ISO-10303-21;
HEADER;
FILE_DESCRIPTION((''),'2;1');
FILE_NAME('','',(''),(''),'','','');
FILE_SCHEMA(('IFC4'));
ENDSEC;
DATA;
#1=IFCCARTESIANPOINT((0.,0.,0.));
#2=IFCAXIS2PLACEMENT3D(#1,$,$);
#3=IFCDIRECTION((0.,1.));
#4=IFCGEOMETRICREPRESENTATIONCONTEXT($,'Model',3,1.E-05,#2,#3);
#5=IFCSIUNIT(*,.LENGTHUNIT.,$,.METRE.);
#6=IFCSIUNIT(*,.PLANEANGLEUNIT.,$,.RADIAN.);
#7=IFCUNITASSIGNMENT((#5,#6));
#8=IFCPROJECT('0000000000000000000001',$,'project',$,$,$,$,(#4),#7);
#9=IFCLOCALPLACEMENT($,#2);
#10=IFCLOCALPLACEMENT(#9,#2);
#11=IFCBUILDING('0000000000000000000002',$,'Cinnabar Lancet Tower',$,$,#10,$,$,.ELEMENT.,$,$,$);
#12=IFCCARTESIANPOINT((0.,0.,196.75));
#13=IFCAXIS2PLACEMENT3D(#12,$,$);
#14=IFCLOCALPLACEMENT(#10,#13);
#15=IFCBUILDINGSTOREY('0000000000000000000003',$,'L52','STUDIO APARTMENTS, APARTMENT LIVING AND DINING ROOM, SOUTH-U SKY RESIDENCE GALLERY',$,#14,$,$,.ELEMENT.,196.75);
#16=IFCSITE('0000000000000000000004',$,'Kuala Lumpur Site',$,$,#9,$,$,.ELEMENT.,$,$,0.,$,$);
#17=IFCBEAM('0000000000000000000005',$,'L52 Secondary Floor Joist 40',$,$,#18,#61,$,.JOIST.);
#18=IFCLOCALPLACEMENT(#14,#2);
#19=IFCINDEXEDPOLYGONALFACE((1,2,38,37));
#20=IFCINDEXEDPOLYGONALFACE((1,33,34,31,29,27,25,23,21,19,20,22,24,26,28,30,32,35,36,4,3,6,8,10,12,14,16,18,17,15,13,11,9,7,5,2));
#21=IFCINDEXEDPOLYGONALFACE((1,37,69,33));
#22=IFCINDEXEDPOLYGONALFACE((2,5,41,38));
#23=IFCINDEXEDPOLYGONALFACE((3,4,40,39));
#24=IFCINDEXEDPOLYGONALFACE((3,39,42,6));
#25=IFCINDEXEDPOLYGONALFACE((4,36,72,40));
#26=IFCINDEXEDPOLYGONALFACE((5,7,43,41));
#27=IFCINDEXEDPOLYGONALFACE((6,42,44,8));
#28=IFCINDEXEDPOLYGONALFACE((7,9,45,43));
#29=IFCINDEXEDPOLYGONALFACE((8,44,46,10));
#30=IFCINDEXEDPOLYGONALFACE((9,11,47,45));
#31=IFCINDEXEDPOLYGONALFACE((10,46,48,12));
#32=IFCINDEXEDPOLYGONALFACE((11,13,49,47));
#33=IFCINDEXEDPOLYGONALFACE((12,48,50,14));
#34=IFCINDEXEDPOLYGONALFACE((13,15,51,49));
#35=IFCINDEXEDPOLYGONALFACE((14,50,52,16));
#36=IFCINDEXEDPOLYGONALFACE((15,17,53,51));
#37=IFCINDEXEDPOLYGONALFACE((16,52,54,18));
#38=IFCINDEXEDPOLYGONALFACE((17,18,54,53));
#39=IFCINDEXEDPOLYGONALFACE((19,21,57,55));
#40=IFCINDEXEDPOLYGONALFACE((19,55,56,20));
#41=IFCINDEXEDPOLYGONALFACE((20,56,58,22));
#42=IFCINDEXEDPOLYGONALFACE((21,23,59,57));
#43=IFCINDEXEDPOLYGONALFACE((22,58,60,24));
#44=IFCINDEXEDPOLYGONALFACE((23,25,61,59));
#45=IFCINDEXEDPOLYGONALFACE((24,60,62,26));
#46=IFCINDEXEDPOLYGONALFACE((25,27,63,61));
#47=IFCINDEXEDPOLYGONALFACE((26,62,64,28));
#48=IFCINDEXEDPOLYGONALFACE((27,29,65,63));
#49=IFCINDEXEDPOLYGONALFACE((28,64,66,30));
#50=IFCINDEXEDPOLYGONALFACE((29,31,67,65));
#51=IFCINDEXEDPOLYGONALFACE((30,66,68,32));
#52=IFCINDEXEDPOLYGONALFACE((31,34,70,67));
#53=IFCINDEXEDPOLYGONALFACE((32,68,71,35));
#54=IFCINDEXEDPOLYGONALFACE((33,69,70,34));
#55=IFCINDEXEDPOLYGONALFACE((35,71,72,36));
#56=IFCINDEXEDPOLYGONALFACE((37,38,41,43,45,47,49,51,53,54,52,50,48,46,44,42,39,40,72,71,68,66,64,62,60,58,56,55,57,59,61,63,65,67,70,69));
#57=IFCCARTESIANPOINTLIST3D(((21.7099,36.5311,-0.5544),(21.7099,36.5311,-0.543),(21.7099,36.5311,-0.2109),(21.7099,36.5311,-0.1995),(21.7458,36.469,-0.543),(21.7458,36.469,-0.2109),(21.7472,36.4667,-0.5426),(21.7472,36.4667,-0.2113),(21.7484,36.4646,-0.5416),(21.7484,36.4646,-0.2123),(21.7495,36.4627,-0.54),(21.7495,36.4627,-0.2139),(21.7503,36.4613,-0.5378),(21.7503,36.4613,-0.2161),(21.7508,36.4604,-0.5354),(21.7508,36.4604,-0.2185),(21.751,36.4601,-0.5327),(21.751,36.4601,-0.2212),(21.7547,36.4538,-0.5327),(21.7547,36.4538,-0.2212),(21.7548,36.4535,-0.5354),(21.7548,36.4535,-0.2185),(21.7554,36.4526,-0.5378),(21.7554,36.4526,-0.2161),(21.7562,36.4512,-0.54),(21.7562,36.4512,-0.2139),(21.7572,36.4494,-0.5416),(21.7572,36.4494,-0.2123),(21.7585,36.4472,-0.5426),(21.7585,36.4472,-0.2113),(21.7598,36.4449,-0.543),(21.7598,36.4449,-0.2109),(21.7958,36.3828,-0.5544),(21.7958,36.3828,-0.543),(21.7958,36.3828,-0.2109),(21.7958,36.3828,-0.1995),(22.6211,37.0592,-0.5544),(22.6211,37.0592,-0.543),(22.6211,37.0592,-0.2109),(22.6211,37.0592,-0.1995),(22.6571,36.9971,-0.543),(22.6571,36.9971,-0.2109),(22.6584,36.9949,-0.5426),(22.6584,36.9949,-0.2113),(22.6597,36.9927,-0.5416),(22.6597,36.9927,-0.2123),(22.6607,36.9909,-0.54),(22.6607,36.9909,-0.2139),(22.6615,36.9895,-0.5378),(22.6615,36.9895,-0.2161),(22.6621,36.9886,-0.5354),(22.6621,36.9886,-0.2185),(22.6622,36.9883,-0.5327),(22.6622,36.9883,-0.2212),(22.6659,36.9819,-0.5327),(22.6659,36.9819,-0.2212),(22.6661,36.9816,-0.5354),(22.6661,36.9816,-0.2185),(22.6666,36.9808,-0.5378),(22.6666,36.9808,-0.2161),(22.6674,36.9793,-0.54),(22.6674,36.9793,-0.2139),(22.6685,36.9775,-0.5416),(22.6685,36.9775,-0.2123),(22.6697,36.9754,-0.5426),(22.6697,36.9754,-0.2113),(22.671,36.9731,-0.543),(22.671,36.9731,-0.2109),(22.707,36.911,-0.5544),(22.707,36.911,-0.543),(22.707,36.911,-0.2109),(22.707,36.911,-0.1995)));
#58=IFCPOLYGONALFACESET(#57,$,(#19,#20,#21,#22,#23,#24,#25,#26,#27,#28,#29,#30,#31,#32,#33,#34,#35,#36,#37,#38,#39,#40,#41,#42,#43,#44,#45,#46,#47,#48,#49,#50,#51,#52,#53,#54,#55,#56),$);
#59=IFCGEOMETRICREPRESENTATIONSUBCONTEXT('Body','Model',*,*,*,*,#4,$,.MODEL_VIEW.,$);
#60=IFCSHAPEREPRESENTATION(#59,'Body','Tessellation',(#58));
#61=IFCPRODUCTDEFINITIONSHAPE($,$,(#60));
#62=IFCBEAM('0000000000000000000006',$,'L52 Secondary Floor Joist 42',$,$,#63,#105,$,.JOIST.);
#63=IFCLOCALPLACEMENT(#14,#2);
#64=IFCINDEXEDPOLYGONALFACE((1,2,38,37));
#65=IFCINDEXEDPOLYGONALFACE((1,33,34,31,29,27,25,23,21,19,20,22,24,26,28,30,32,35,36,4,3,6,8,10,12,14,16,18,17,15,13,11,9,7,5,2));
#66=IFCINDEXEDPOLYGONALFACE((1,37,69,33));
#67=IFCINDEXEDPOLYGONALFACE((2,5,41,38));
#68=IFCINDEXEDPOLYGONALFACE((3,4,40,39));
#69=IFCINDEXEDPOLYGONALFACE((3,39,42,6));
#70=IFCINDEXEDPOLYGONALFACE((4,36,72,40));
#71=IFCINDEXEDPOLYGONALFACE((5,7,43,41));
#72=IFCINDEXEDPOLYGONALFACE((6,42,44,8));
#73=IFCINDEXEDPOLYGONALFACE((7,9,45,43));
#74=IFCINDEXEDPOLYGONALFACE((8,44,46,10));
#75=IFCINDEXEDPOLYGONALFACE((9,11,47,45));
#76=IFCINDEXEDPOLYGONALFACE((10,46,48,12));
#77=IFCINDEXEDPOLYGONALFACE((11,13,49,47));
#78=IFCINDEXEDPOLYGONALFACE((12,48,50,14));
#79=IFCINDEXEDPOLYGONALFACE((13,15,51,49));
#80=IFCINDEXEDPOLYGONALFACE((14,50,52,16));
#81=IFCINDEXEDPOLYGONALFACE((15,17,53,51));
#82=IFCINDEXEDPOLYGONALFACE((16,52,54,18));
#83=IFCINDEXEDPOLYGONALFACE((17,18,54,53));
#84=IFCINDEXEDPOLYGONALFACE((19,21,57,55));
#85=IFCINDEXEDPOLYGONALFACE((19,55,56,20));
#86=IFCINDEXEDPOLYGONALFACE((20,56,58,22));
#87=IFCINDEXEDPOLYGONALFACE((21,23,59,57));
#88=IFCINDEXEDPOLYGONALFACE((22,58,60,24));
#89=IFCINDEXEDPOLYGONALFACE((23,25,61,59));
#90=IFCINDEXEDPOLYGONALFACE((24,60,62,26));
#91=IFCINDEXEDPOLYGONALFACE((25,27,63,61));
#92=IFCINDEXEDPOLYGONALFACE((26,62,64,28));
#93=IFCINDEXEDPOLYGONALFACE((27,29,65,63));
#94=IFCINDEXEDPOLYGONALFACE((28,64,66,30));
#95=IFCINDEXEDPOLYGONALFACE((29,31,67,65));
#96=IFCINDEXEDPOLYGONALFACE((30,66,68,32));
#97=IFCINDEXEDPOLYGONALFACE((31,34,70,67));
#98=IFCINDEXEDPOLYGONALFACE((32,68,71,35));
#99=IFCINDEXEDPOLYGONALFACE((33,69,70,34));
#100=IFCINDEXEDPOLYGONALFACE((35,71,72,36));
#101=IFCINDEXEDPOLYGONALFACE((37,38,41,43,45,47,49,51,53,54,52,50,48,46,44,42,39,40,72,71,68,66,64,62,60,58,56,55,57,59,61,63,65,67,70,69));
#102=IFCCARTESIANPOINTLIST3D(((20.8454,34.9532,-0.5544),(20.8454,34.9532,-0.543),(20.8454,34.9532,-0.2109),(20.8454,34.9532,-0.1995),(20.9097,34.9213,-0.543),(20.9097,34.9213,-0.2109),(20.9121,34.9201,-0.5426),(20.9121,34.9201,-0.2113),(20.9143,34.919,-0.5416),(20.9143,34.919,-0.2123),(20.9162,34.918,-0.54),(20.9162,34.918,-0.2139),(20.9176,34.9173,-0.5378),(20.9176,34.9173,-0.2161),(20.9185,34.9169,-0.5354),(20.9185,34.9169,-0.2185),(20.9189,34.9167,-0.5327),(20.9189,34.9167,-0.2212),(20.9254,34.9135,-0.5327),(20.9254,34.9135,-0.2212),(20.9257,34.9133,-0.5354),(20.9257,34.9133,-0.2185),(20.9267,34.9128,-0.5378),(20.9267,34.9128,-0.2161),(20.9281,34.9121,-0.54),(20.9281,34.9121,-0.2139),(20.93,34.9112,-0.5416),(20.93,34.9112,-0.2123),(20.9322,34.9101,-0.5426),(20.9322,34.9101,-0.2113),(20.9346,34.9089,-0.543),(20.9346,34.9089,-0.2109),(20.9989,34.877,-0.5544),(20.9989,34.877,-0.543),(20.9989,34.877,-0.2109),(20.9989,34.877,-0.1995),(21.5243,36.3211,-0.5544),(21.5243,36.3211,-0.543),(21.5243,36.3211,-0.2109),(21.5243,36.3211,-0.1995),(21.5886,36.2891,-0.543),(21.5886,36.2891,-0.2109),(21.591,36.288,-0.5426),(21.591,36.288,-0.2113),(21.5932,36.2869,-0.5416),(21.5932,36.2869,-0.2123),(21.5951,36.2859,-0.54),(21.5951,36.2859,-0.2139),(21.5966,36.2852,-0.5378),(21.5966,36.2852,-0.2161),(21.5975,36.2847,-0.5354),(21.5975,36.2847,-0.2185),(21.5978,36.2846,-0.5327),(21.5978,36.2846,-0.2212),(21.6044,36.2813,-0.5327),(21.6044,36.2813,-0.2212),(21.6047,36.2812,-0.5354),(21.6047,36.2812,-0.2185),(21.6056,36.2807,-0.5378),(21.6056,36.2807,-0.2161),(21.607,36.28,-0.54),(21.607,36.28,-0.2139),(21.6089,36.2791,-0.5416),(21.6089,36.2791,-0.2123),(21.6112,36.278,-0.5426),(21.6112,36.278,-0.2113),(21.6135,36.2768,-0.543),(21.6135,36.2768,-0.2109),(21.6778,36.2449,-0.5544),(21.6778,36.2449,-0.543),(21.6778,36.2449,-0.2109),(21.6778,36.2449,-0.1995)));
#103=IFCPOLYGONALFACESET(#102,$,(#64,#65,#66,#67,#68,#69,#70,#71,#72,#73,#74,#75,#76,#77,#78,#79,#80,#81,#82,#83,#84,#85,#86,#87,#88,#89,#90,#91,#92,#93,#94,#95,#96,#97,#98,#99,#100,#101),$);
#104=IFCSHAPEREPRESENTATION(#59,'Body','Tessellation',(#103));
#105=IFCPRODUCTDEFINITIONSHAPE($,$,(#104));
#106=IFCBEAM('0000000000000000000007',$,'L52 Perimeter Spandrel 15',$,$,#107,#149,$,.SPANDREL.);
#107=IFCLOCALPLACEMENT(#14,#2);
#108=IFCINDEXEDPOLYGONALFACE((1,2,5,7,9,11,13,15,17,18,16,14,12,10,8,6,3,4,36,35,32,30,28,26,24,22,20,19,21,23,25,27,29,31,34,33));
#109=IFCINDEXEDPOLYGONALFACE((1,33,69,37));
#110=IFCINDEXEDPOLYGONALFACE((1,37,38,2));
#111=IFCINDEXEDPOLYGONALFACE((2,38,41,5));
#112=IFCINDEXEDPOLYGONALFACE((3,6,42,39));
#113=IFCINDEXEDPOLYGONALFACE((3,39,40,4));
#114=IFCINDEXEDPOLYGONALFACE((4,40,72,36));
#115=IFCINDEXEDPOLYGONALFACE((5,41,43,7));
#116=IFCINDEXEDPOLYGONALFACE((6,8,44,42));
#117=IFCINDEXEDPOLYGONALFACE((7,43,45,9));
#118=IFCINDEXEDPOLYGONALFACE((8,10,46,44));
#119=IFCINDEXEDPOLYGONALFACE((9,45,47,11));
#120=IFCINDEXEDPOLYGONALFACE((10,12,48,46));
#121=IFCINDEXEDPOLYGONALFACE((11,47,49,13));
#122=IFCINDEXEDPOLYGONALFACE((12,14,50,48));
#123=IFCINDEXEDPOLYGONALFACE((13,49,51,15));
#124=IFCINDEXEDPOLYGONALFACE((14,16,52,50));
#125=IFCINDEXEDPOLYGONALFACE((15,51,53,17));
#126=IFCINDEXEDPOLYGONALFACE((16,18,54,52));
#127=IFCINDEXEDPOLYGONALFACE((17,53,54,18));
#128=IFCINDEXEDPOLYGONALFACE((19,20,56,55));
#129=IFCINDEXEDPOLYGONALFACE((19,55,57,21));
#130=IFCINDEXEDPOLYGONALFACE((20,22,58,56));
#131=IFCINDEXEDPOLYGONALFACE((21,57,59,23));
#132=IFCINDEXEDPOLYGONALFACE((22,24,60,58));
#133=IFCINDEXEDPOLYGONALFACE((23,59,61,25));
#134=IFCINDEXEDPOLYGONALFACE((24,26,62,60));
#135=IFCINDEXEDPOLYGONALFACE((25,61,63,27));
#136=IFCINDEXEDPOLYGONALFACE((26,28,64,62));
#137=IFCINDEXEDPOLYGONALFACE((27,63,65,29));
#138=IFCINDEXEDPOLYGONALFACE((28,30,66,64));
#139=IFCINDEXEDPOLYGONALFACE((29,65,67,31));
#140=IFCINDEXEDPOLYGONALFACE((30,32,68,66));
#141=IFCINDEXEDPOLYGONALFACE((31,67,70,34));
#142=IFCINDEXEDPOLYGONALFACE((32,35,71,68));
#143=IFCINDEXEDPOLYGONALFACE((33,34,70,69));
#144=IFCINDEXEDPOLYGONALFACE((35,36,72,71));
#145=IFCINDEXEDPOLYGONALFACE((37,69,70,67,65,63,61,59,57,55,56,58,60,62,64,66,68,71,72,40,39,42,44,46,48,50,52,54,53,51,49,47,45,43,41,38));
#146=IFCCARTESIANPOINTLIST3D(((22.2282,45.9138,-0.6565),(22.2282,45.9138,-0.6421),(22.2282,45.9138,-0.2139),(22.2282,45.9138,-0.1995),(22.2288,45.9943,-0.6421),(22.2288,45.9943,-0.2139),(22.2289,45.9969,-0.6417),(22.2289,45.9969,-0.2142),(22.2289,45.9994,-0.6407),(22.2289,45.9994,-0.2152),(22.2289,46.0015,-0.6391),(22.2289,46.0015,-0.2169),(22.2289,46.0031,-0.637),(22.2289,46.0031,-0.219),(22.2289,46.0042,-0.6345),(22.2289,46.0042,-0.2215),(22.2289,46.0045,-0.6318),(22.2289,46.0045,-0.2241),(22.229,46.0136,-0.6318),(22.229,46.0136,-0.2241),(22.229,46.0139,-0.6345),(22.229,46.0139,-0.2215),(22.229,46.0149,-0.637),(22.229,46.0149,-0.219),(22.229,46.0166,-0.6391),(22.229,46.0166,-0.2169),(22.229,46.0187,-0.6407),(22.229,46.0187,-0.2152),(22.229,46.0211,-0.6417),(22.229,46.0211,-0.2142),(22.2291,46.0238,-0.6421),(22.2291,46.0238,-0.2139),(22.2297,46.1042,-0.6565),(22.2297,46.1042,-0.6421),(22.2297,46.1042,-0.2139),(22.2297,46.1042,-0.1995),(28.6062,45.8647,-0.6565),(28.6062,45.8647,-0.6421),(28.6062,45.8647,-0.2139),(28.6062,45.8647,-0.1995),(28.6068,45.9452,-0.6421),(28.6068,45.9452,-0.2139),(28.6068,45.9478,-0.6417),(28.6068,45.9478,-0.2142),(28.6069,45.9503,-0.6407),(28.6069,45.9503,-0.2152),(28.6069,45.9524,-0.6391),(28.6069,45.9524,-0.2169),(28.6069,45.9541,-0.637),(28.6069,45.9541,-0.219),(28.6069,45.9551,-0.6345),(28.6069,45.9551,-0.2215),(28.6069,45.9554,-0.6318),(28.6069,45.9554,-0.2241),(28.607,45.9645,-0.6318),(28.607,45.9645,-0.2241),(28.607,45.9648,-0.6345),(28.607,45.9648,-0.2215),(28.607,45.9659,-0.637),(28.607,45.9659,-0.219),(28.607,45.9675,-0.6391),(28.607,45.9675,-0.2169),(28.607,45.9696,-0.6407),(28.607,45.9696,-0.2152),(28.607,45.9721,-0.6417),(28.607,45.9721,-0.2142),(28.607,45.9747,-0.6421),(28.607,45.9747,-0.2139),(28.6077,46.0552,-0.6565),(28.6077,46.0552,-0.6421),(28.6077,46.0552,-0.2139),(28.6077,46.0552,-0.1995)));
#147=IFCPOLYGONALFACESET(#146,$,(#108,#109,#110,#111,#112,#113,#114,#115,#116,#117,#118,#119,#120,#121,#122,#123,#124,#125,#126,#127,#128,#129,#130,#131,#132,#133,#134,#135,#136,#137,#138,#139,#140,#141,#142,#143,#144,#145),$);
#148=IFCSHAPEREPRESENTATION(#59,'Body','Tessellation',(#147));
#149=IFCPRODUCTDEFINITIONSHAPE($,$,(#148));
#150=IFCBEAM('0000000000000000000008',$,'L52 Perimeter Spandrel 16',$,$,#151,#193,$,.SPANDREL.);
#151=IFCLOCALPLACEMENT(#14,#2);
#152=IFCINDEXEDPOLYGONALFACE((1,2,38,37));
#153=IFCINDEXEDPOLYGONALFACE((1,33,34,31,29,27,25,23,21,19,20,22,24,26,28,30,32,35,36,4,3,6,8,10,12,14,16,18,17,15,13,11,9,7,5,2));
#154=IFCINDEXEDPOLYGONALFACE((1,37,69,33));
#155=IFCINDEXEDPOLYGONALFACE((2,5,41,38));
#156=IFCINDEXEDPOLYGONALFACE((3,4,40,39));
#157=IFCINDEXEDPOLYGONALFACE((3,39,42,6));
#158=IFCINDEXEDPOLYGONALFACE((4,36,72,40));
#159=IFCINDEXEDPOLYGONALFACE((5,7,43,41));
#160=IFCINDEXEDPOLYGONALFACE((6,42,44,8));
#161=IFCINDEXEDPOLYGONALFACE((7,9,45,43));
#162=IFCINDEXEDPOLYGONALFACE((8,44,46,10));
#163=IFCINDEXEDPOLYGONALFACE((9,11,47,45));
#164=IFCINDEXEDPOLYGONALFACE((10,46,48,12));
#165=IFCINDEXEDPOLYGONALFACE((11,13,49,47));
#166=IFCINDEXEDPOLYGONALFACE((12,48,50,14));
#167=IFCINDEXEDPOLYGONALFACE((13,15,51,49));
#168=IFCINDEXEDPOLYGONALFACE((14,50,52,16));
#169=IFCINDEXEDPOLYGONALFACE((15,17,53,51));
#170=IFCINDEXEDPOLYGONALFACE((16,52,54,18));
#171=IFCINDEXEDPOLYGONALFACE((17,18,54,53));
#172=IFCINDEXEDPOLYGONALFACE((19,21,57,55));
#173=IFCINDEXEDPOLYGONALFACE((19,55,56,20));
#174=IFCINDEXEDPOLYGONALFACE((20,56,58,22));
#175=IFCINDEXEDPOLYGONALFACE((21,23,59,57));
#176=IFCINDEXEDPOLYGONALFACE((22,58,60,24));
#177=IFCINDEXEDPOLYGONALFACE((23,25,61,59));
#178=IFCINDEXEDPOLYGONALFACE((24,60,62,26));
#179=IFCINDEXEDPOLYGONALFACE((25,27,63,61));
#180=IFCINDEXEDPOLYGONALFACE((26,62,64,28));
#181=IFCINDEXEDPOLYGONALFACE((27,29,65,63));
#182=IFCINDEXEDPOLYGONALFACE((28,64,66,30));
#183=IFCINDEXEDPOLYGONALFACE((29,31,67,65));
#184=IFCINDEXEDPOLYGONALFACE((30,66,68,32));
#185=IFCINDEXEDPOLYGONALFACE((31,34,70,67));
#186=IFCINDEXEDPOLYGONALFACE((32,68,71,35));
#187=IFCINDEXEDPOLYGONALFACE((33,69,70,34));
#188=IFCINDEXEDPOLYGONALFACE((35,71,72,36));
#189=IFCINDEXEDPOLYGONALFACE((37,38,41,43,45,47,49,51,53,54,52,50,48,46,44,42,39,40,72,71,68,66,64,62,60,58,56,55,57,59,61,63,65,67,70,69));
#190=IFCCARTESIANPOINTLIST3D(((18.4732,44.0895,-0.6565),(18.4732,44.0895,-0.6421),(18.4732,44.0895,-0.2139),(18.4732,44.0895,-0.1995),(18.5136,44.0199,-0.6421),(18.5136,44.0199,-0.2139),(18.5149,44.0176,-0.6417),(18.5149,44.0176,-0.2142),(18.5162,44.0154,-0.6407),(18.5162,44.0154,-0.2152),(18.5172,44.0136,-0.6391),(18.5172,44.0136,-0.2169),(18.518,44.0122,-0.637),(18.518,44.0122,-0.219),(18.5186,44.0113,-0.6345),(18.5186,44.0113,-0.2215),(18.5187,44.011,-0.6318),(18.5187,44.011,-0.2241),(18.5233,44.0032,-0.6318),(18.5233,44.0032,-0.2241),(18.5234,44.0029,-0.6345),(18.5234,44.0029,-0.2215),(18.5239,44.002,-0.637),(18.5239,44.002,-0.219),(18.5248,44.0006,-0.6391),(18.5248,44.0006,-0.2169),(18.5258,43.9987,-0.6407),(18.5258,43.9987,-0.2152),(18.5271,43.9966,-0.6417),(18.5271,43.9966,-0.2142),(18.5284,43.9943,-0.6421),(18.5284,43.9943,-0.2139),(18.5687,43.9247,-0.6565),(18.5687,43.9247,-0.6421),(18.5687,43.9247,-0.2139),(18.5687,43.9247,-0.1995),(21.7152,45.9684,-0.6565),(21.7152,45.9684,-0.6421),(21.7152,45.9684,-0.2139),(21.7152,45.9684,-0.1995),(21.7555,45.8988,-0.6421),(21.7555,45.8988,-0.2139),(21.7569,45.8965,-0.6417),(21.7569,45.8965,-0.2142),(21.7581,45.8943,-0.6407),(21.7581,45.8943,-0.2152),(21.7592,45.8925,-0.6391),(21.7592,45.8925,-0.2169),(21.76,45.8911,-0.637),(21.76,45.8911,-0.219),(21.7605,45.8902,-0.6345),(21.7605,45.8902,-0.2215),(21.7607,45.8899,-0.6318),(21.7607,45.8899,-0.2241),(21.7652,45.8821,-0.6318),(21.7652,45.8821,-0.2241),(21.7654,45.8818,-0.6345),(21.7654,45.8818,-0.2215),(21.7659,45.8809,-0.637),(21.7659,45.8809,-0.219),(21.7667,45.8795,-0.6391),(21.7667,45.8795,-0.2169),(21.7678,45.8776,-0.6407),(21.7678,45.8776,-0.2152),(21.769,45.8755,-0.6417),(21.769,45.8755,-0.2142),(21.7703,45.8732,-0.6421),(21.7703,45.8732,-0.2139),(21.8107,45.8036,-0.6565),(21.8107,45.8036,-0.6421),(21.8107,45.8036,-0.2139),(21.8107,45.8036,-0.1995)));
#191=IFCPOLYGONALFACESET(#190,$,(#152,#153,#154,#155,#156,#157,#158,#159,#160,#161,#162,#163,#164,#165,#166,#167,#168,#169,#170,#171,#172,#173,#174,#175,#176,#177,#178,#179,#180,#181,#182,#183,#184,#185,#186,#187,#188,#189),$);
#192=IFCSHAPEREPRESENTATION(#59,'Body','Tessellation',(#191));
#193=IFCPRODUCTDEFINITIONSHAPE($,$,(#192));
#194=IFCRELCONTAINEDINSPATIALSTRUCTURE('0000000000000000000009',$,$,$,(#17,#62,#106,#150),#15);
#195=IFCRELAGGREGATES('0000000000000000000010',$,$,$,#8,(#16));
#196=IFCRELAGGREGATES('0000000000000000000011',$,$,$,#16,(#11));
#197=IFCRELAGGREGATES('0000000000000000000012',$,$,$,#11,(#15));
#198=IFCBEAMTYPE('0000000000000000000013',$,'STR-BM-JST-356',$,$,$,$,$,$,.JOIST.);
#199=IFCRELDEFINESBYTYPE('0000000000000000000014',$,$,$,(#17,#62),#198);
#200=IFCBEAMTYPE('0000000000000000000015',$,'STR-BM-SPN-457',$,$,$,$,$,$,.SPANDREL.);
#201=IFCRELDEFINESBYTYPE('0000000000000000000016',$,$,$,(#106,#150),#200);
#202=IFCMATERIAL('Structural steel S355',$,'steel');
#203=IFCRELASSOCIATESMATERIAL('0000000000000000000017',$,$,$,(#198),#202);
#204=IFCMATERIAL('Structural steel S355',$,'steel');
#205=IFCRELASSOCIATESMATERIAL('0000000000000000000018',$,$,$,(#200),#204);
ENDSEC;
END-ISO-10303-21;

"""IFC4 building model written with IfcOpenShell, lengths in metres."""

from ifc_helpers import new_model, si_unit, direction, frame, origin, origin_2d, place, context, subcontext, project, spatial, i_section, extrude, material, material_profile, profile_set, type_object, element, save


model = new_model("IFC4")

# Units and contexts
model_context = context("Model", 3, precision=1e-05, world=origin(), true_north=direction((0.0, 1.0)))
body_context = subcontext(model_context, "Body", "Model", "MODEL_VIEW")
ifc_project = project(units=[si_unit("LENGTHUNIT", "METRE"), si_unit("PLANEANGLEUNIT", "RADIAN")], contexts=[model_context])

# Site, building, storey
site_placement = place(None, origin())
site = spatial("IfcSite", under=ifc_project, at=site_placement, Name="Kuala Lumpur Site", CompositionType="ELEMENT", RefElevation=0.0)
building_placement = place(site_placement, origin())
building = spatial("IfcBuilding", under=site, at=building_placement, Name="Cinnabar Lancet Tower", CompositionType="ELEMENT")
storey_placement = place(building_placement, frame((0.0, 0.0, 196.75)))
storey = spatial("IfcBuildingStorey", under=building, at=storey_placement, Name="L52", Description="STUDIO APARTMENTS, APARTMENT LIVING AND DINING ROOM, SOUTH-U SKY RESIDENCE GALLERY", CompositionType="ELEMENT", Elevation=196.75)

# Beams
ifc_material_1 = material(Name="Structural steel S355", Category="steel")
ifc_material_profile_1 = material_profile(ifc_material_1, i_section(OverallWidth=0.1714, OverallDepth=0.355, WebThickness=0.0073, FlangeThickness=0.0115, FilletRadius=0.0103, at=origin_2d()), Name="UKB 356x171x51")
ifc_profile_set_1 = profile_set([ifc_material_profile_1], Name="Structural steel S355")
beam_type_1 = type_object("IfcBeamType", Name="STR-BM-JST-356", PredefinedType="JOIST", material=ifc_profile_set_1)
beam_1_placement = place(storey_placement, frame((22.6641, 36.9851, -0.377), z_axis=(-0.865188, -0.501447, 0.0), x_axis=(0.501447, -0.865188, 0.0)))
element("IfcBeam", 1, at=beam_1_placement, inside=storey, type_object=beam_type_1, Name="L52 Secondary Floor Joist 40", PredefinedType="JOIST", context=body_context, shape_type="SweptSolid", body=[
    extrude(i_section(OverallWidth=0.1714, OverallDepth=0.355, WebThickness=0.0073, FlangeThickness=0.0115, FilletRadius=0.0103, at=origin_2d()), origin(), (0.0, 0.0, 1.0), 1.0532),
])
beam_2_placement = place(storey_placement, frame((21.6011, 36.283, -0.377), z_axis=(-0.44459, -0.895734, 0.0), x_axis=(0.895734, -0.44459, 0.0)))
element("IfcBeam", 2, at=beam_2_placement, inside=storey, type_object=beam_type_1, Name="L52 Secondary Floor Joist 42", PredefinedType="JOIST", context=body_context, shape_type="SweptSolid", body=[
    extrude(i_section(OverallWidth=0.1714, OverallDepth=0.355, WebThickness=0.0073, FlangeThickness=0.0115, FilletRadius=0.0103, at=origin_2d()), origin(), (0.0, 0.0, 1.0), 1.5271),
])
ifc_material_2 = material(Name="Structural steel S355", Category="steel")
ifc_material_profile_2 = material_profile(ifc_material_2, i_section(OverallWidth=0.1904, OverallDepth=0.457, WebThickness=0.009, FlangeThickness=0.0144, FilletRadius=0.0103, at=origin_2d()), Name="UKB 457x191x74")
ifc_profile_set_2 = profile_set([ifc_material_profile_2], Name="Structural steel S355")
beam_type_2 = type_object("IfcBeamType", Name="STR-BM-SPN-457", PredefinedType="SPANDREL", material=ifc_profile_set_2)
beam_3_placement = place(storey_placement, frame((28.6069, 45.96, -0.428), z_axis=(-0.99997, 0.007694, 0.0), x_axis=(-0.007694, -0.99997, 0.0)))
element("IfcBeam", 3, at=beam_3_placement, inside=storey, type_object=beam_type_2, Name="L52 Perimeter Spandrel 15", PredefinedType="SPANDREL", context=body_context, shape_type="SweptSolid", body=[
    extrude(i_section(OverallWidth=0.1904, OverallDepth=0.457, WebThickness=0.009, FlangeThickness=0.0144, FilletRadius=0.0103, at=origin_2d()), origin(), (0.0, 0.0, 1.0), 6.3782),
])
beam_4_placement = place(storey_placement, frame((21.7629, 45.886, -0.428), z_axis=(-0.865196, -0.501434, 0.0), x_axis=(0.501434, -0.865196, 0.0)))
element("IfcBeam", 4, at=beam_4_placement, inside=storey, type_object=beam_type_2, Name="L52 Perimeter Spandrel 16", PredefinedType="SPANDREL", context=body_context, shape_type="SweptSolid", body=[
    extrude(i_section(OverallWidth=0.1904, OverallDepth=0.457, WebThickness=0.009, FlangeThickness=0.0144, FilletRadius=0.0103, at=origin_2d()), origin(), (0.0, 0.0, 1.0), 3.7471),
])

save(model, "model.ifc")
